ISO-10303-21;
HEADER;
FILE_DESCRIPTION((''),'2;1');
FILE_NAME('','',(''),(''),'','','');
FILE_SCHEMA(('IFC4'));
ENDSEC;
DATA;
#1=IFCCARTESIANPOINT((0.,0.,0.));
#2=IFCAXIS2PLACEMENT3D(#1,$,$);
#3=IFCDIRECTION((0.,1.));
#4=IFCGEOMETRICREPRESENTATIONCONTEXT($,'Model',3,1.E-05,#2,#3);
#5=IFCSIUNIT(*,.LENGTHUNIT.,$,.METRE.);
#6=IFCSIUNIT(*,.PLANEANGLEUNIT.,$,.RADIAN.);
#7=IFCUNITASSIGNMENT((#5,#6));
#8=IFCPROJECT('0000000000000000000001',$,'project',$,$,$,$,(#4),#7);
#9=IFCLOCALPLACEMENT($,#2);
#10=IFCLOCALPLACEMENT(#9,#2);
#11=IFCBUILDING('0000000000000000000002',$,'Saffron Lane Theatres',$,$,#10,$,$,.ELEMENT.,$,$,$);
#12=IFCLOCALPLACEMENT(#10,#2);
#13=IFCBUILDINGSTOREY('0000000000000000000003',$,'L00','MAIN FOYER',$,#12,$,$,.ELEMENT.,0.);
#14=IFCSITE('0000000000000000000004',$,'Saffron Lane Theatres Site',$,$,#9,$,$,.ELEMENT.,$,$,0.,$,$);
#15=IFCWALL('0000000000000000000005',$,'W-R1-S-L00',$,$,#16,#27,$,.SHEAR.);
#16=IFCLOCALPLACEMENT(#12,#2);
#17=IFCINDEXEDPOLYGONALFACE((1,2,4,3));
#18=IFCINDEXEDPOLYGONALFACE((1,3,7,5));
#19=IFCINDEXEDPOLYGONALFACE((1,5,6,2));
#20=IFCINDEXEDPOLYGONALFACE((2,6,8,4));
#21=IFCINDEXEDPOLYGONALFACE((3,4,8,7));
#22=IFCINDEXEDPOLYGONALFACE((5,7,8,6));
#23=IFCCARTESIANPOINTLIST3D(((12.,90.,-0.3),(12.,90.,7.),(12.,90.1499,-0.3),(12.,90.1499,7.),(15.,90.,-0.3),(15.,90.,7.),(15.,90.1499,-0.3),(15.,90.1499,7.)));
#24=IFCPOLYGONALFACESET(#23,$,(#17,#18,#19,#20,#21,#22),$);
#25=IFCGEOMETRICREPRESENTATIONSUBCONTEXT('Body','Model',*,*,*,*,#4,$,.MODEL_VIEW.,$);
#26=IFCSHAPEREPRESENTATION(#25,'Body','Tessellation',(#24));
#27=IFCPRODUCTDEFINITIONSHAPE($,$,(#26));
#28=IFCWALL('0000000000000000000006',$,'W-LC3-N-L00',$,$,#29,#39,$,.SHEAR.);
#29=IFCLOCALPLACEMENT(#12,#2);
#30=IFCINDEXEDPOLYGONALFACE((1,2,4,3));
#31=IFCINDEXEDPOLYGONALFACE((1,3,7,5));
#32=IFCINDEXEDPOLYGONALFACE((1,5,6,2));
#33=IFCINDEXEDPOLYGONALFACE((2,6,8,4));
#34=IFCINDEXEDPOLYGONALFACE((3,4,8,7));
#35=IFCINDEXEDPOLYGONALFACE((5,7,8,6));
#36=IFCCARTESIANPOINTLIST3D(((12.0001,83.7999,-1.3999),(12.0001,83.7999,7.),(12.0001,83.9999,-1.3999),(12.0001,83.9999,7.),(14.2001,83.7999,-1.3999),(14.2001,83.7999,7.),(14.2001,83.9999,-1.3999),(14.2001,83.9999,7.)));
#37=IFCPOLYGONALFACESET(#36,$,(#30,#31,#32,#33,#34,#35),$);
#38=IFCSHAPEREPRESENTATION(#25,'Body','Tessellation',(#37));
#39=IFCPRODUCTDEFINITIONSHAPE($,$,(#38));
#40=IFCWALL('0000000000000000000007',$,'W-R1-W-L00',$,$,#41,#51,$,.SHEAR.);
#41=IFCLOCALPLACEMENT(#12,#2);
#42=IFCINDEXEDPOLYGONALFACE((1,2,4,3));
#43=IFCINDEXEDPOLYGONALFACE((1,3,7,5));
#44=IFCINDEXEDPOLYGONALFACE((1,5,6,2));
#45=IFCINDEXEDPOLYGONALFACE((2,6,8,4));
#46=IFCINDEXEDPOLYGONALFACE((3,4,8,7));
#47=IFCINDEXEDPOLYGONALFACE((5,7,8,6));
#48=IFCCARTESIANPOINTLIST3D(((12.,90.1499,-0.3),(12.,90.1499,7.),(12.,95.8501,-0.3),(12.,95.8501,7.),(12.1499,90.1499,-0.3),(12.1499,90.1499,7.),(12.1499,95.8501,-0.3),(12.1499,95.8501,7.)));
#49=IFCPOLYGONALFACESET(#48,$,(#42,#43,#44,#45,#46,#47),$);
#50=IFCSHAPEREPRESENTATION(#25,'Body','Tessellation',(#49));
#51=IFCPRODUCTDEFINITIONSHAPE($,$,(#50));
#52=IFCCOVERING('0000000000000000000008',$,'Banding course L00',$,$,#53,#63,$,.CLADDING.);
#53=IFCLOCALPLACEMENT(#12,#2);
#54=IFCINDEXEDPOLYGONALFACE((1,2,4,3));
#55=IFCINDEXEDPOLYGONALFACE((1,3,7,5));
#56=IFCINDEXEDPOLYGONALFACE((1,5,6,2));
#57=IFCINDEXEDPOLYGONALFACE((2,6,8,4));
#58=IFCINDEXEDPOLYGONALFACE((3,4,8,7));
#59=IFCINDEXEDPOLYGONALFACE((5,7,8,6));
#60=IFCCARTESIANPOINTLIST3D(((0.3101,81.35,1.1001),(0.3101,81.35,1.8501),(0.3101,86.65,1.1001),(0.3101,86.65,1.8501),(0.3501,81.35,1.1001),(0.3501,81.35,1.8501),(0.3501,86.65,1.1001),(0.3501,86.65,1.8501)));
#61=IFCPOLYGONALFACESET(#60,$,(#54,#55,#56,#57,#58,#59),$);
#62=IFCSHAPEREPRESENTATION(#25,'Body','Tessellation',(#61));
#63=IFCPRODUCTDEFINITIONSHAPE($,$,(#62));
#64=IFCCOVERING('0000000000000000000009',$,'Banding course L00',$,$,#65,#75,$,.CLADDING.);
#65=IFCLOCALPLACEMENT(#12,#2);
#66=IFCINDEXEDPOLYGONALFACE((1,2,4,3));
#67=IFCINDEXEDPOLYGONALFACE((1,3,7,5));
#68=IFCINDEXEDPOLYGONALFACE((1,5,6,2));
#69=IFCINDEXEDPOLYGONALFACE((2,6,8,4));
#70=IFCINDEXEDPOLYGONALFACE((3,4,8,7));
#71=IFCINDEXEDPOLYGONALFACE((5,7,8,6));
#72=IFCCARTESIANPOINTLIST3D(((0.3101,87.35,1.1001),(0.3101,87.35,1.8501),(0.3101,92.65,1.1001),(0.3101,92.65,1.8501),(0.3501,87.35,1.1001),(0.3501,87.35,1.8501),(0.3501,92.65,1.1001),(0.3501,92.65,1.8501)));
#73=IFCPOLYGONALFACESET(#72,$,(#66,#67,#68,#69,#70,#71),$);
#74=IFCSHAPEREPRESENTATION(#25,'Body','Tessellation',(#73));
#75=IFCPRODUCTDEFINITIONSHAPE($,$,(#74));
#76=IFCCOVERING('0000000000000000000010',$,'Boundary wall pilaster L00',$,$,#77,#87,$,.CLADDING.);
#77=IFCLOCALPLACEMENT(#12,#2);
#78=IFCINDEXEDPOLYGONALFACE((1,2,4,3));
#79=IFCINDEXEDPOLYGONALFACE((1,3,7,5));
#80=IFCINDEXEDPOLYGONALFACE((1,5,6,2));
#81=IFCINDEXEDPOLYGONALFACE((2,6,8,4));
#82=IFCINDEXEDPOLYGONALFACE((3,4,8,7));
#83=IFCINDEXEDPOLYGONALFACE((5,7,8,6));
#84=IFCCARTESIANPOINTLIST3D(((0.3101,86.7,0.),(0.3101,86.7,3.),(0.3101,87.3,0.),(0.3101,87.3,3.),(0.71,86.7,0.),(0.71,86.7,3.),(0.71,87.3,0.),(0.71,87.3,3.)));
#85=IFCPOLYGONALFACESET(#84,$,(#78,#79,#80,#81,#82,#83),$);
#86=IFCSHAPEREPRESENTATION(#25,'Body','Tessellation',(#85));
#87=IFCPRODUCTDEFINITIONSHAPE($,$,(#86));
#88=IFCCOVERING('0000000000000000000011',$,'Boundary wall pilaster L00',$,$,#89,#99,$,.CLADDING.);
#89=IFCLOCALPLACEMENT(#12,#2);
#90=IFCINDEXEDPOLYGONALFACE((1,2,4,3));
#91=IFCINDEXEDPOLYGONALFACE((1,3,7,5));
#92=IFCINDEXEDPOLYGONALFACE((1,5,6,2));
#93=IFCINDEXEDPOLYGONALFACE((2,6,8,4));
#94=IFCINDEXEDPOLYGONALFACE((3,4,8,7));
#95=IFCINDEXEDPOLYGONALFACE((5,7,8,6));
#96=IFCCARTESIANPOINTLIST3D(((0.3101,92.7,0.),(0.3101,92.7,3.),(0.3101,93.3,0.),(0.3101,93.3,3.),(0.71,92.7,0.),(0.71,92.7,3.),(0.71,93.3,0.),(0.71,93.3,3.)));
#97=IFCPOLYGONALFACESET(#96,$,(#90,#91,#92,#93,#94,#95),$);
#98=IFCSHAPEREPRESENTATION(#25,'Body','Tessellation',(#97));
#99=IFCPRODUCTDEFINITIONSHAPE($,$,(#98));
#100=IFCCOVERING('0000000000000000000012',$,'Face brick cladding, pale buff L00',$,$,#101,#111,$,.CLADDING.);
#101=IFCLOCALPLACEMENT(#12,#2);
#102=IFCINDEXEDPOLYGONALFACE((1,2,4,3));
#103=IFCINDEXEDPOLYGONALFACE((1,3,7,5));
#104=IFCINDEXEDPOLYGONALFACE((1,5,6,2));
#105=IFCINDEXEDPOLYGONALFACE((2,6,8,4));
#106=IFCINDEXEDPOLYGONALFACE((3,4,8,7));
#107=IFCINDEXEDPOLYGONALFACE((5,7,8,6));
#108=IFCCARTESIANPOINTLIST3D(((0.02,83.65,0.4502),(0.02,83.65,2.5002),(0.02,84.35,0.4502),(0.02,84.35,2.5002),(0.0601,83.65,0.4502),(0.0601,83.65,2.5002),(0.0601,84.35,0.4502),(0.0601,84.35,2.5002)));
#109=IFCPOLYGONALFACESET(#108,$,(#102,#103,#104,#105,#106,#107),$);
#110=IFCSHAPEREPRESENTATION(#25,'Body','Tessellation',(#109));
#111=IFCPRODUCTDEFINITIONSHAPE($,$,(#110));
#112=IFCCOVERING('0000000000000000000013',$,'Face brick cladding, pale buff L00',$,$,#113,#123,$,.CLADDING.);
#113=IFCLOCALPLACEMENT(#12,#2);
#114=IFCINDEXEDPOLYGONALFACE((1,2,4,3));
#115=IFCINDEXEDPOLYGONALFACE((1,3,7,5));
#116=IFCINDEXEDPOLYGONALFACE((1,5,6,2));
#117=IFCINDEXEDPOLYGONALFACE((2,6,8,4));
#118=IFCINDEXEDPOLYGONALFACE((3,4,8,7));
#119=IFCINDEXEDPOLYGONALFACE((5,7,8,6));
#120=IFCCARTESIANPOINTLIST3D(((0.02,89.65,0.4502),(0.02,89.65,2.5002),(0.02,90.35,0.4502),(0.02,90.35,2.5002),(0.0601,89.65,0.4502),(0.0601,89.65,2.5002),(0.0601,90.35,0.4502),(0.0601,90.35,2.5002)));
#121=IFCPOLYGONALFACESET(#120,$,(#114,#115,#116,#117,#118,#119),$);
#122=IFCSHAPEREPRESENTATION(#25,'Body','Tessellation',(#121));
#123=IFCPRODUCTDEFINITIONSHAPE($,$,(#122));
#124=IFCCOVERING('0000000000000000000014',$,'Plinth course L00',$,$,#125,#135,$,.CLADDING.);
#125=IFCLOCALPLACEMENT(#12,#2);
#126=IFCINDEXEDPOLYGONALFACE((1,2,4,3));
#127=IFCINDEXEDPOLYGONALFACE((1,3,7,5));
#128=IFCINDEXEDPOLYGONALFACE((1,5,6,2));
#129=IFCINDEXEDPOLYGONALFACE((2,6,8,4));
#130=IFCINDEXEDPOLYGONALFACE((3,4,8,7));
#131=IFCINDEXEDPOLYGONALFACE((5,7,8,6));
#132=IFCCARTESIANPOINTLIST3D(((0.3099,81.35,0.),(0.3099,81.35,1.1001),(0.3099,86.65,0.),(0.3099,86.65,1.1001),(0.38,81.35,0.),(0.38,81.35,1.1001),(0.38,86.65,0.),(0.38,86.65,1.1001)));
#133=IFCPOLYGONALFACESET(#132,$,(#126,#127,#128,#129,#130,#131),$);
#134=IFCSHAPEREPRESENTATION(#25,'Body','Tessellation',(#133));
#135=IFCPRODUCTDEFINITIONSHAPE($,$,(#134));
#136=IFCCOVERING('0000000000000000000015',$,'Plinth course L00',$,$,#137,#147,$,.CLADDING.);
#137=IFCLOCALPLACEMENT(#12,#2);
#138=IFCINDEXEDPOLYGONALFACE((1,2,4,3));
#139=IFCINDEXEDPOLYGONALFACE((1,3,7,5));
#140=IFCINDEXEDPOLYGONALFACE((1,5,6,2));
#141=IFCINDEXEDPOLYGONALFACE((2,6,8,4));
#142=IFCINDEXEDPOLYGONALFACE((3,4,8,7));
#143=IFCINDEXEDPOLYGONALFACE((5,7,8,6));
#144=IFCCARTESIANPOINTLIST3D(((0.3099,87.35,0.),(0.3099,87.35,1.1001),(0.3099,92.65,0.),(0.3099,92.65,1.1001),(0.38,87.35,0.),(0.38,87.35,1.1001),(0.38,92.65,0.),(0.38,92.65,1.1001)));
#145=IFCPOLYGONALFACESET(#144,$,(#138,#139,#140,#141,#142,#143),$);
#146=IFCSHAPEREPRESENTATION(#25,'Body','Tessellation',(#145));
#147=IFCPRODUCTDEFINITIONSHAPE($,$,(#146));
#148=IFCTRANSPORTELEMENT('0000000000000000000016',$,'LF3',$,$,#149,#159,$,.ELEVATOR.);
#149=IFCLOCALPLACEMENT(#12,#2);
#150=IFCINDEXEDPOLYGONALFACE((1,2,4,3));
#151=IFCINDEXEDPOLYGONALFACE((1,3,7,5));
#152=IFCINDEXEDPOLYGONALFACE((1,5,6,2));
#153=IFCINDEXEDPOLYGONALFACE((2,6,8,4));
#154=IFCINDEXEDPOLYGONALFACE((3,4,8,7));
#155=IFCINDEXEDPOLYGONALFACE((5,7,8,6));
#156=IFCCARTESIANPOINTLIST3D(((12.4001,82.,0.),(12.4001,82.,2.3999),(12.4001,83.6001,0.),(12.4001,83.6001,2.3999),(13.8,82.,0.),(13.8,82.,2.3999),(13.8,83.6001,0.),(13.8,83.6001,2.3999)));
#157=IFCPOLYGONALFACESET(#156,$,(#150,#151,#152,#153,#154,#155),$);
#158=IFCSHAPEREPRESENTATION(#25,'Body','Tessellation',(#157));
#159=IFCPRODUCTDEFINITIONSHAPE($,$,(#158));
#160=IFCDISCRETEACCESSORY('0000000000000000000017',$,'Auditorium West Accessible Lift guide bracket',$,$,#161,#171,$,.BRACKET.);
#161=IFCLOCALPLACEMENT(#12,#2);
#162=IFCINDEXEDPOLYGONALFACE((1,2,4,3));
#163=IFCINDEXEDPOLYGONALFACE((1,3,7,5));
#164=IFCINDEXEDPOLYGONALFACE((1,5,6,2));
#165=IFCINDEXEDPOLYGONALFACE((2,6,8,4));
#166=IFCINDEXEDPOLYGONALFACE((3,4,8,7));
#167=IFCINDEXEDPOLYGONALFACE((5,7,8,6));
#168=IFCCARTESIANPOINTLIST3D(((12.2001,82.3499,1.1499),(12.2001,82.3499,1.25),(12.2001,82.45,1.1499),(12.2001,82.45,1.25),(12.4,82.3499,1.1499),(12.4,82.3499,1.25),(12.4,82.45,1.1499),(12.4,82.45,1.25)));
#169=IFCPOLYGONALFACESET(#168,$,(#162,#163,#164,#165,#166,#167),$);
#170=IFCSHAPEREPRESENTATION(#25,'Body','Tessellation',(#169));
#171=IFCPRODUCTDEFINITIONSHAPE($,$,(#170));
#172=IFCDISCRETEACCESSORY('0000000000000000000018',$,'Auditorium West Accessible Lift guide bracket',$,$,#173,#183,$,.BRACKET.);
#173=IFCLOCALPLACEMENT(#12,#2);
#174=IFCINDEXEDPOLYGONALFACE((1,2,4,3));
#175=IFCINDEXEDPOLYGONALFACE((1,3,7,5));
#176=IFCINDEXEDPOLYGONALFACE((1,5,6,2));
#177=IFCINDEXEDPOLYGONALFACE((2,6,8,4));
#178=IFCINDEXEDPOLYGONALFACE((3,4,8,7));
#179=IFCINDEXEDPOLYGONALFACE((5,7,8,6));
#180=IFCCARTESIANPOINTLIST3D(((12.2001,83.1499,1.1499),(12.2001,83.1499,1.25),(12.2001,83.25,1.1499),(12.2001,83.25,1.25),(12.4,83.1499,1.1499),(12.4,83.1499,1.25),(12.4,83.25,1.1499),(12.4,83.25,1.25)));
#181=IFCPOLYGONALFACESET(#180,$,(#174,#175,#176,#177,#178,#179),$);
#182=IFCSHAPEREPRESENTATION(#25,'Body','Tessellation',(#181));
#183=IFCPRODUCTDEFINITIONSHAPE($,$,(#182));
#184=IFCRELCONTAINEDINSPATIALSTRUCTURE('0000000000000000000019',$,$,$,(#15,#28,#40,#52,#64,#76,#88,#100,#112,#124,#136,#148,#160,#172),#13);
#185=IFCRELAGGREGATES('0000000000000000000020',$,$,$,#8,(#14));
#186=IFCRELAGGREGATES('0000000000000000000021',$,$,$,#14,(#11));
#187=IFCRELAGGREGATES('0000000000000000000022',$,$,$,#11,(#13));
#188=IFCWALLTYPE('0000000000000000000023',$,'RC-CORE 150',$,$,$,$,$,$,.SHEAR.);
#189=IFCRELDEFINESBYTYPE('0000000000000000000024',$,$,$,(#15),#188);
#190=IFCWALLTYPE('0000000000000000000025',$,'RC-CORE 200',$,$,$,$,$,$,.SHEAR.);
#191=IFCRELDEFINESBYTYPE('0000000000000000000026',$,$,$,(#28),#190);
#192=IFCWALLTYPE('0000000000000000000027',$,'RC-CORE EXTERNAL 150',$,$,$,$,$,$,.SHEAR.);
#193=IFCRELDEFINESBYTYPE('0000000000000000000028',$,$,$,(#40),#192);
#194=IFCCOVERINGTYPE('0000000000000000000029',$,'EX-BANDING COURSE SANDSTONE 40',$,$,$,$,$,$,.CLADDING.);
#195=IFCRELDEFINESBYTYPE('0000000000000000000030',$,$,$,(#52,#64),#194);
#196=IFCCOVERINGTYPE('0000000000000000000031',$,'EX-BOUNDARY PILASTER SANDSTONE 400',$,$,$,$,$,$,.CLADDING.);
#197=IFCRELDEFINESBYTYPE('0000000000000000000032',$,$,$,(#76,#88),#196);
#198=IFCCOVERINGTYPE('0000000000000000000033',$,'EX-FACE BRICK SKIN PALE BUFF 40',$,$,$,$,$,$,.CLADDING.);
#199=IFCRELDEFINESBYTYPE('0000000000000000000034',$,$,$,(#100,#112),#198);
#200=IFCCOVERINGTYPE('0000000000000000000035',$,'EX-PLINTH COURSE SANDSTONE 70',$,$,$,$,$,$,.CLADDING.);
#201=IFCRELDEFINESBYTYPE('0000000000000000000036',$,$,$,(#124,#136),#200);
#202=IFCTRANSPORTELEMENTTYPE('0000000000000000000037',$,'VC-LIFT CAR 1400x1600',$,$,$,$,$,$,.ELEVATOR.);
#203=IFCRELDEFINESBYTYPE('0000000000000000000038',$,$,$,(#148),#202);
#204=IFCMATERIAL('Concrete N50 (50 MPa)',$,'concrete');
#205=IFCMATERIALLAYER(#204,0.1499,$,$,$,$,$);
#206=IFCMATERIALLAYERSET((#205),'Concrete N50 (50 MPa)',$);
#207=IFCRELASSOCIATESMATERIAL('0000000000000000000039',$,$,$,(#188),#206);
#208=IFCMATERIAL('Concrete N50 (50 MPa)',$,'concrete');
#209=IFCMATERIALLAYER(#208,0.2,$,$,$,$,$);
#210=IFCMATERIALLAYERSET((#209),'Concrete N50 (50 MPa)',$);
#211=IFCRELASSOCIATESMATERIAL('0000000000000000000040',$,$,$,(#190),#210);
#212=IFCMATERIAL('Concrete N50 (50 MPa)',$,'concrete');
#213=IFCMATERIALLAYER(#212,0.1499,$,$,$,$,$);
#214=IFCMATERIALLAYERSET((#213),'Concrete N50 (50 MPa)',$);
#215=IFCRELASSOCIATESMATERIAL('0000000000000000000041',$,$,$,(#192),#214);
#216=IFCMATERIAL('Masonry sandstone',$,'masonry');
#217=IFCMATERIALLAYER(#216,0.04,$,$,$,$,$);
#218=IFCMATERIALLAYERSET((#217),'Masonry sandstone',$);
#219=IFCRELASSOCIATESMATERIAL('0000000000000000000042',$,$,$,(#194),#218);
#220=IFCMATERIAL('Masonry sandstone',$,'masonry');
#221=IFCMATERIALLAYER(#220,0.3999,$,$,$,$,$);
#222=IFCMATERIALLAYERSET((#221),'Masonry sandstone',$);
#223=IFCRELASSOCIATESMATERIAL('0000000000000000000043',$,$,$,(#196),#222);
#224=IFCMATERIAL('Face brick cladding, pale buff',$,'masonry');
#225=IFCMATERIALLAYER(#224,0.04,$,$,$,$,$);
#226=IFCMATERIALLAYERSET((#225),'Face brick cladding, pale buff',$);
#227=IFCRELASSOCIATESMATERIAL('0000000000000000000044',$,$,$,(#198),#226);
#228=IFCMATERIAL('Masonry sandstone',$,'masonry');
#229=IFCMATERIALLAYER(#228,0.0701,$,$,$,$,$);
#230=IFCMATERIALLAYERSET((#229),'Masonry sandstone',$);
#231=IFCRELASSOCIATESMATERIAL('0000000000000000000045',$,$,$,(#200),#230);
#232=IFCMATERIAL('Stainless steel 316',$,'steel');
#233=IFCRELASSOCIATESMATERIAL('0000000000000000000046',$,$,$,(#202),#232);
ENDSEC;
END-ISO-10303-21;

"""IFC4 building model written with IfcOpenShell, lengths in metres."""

from ifc_helpers import new_model, si_unit, direction, frame, frame_2d, origin, origin_2d, place, context, subcontext, project, spatial, rectangle, extrude, material, layer, layer_set, type_object, element, save


model = new_model("IFC4")

# Units and contexts
model_context = context("Model", 3, precision=1e-05, world=origin(), true_north=direction((0.0, 1.0)))
body_context = subcontext(model_context, "Body", "Model", "MODEL_VIEW")
ifc_project = project(units=[si_unit("LENGTHUNIT", "METRE"), si_unit("PLANEANGLEUNIT", "RADIAN")], contexts=[model_context])

# Site, building, storey
site_placement = place(None, origin())
site = spatial("IfcSite", under=ifc_project, at=site_placement, Name="Saffron Lane Theatres Site", CompositionType="ELEMENT", RefElevation=0.0)
building_placement = place(site_placement, origin())
building = spatial("IfcBuilding", under=site, at=building_placement, Name="Saffron Lane Theatres", CompositionType="ELEMENT")
storey_placement = place(building_placement, origin())
storey = spatial("IfcBuildingStorey", under=building, at=storey_placement, Name="L00", Description="MAIN FOYER", CompositionType="ELEMENT", Elevation=0.0)

# Walls
ifc_material_1 = material(Name="Concrete N50 (50 MPa)", Category="concrete")
ifc_layer_1 = layer(ifc_material_1, 0.1499)
ifc_layer_set_1 = layer_set([ifc_layer_1], Name="Concrete N50 (50 MPa)")
wall_type_1 = type_object("IfcWallType", Name="RC-CORE 150", PredefinedType="SHEAR", material=ifc_layer_set_1)
wall_1_placement = place(storey_placement, frame((12.0, 90.075, -0.3), z_axis=(0.0, 0.0, 1.0), x_axis=(1.0, 0.0, 0.0)))
element("IfcWall", 1, at=wall_1_placement, inside=storey, type_object=wall_type_1, Name="W-R1-S-L00", PredefinedType="SHEAR", context=body_context, shape_type="SweptSolid", body=[
    extrude(rectangle(XDim=3.0, YDim=0.1499, at=frame_2d((1.5, 0.0))), origin(), (0.0, 0.0, 1.0), 7.3),
])
ifc_material_2 = material(Name="Concrete N50 (50 MPa)", Category="concrete")
ifc_layer_2 = layer(ifc_material_2, 0.2)
ifc_layer_set_2 = layer_set([ifc_layer_2], Name="Concrete N50 (50 MPa)")
wall_type_2 = type_object("IfcWallType", Name="RC-CORE 200", PredefinedType="SHEAR", material=ifc_layer_set_2)
wall_2_placement = place(storey_placement, frame((12.0, 83.8999, -1.3999), z_axis=(0.0, 0.0, 1.0), x_axis=(1.0, 0.0, 0.0)))
element("IfcWall", 2, at=wall_2_placement, inside=storey, type_object=wall_type_2, Name="W-LC3-N-L00", PredefinedType="SHEAR", context=body_context, shape_type="SweptSolid", body=[
    extrude(rectangle(XDim=2.2, YDim=0.2, at=frame_2d((1.1001, 0.0))), origin(), (0.0, 0.0, 1.0), 8.3999),
])
ifc_material_3 = material(Name="Concrete N50 (50 MPa)", Category="concrete")
ifc_layer_3 = layer(ifc_material_3, 0.1499)
ifc_layer_set_3 = layer_set([ifc_layer_3], Name="Concrete N50 (50 MPa)")
wall_type_3 = type_object("IfcWallType", Name="RC-CORE EXTERNAL 150", PredefinedType="SHEAR", material=ifc_layer_set_3)
wall_3_placement = place(storey_placement, frame((12.075, 90.1499, -0.3), z_axis=(0.0, 0.0, 1.0), x_axis=(0.0, 1.0, 0.0)))
element("IfcWall", 3, at=wall_3_placement, inside=storey, type_object=wall_type_3, Name="W-R1-W-L00", PredefinedType="SHEAR", context=body_context, shape_type="SweptSolid", body=[
    extrude(rectangle(XDim=5.7002, YDim=0.1499, at=frame_2d((2.8501, 0.0))), origin(), (0.0, 0.0, 1.0), 7.3),
])

# Coverings
ifc_material_4 = material(Name="Masonry sandstone", Category="masonry")
ifc_layer_4 = layer(ifc_material_4, 0.04)
ifc_layer_set_4 = layer_set([ifc_layer_4], Name="Masonry sandstone")
covering_type_1 = type_object("IfcCoveringType", Name="EX-BANDING COURSE SANDSTONE 40", PredefinedType="CLADDING", material=ifc_layer_set_4)
for number, where, z_axis, x_axis, name in (
    (4, (0.3301, 84.0, 1.1001), (0.0, 0.0, 1.0), (0.0, 1.0, 0.0), "Banding course L00"),
    (5, (0.3301, 90.0, 1.1001), (0.0, 0.0, 1.0), (0.0, 1.0, 0.0), "Banding course L00"),
):
    element("IfcCovering", number, at=place(storey_placement, frame(where, z_axis=z_axis, x_axis=x_axis)), inside=storey, type_object=covering_type_1, Name=name, PredefinedType="CLADDING", context=body_context, shape_type="SweptSolid", body=[
        extrude(rectangle(XDim=5.3, YDim=0.04, at=origin_2d()), origin(), (0.0, 0.0, 1.0), 0.75),
    ])
ifc_material_5 = material(Name="Masonry sandstone", Category="masonry")
ifc_layer_5 = layer(ifc_material_5, 0.3999)
ifc_layer_set_5 = layer_set([ifc_layer_5], Name="Masonry sandstone")
covering_type_2 = type_object("IfcCoveringType", Name="EX-BOUNDARY PILASTER SANDSTONE 400", PredefinedType="CLADDING", material=ifc_layer_set_5)
for number, where, z_axis, x_axis, name in (
    (6, (0.51, 87.0, 0.0), (0.0, 0.0, 1.0), (0.0, 1.0, 0.0), "Boundary wall pilaster L00"),
    (7, (0.51, 93.0, 0.0), (0.0, 0.0, 1.0), (0.0, 1.0, 0.0), "Boundary wall pilaster L00"),
):
    element("IfcCovering", number, at=place(storey_placement, frame(where, z_axis=z_axis, x_axis=x_axis)), inside=storey, type_object=covering_type_2, Name=name, PredefinedType="CLADDING", context=body_context, shape_type="SweptSolid", body=[
        extrude(rectangle(XDim=0.6001, YDim=0.3999, at=origin_2d()), origin(), (0.0, 0.0, 1.0), 3.0),
    ])
ifc_material_6 = material(Name="Face brick cladding, pale buff", Category="masonry")
ifc_layer_6 = layer(ifc_material_6, 0.04)
ifc_layer_set_6 = layer_set([ifc_layer_6], Name="Face brick cladding, pale buff")
covering_type_3 = type_object("IfcCoveringType", Name="EX-FACE BRICK SKIN PALE BUFF 40", PredefinedType="CLADDING", material=ifc_layer_set_6)
for number, where, z_axis, x_axis, name in (
    (8, (0.04, 84.0, 0.4502), (0.0, 0.0, 1.0), (0.0, 1.0, 0.0), "Face brick cladding, pale buff L00"),
    (9, (0.04, 90.0, 0.4502), (0.0, 0.0, 1.0), (0.0, 1.0, 0.0), "Face brick cladding, pale buff L00"),
):
    element("IfcCovering", number, at=place(storey_placement, frame(where, z_axis=z_axis, x_axis=x_axis)), inside=storey, type_object=covering_type_3, Name=name, PredefinedType="CLADDING", context=body_context, shape_type="SweptSolid", body=[
        extrude(rectangle(XDim=0.7, YDim=0.04, at=origin_2d()), origin(), (0.0, 0.0, 1.0), 2.05),
    ])
ifc_material_7 = material(Name="Masonry sandstone", Category="masonry")
ifc_layer_7 = layer(ifc_material_7, 0.0701)
ifc_layer_set_7 = layer_set([ifc_layer_7], Name="Masonry sandstone")
covering_type_4 = type_object("IfcCoveringType", Name="EX-PLINTH COURSE SANDSTONE 70", PredefinedType="CLADDING", material=ifc_layer_set_7)
for number, where, z_axis, x_axis, name in (
    (10, (0.345, 84.0, 0.0), (0.0, 0.0, 1.0), (0.0, 1.0, 0.0), "Plinth course L00"),
    (11, (0.345, 90.0, 0.0), (0.0, 0.0, 1.0), (0.0, 1.0, 0.0), "Plinth course L00"),
):
    element("IfcCovering", number, at=place(storey_placement, frame(where, z_axis=z_axis, x_axis=x_axis)), inside=storey, type_object=covering_type_4, Name=name, PredefinedType="CLADDING", context=body_context, shape_type="SweptSolid", body=[
        extrude(rectangle(XDim=5.3, YDim=0.0701, at=origin_2d()), origin(), (0.0, 0.0, 1.0), 1.1001),
    ])

# Transport element
ifc_material_8 = material(Name="Stainless steel 316", Category="steel")
transport_element_type = type_object("IfcTransportElementType", Name="VC-LIFT CAR 1400x1600", PredefinedType="ELEVATOR", material=ifc_material_8)
transport_element_placement = place(storey_placement, frame((13.1001, 82.8, 0.0), z_axis=(0.0, 0.0, 1.0), x_axis=(1.0, 0.0, 0.0)))
element("IfcTransportElement", 12, at=transport_element_placement, inside=storey, type_object=transport_element_type, Name="LF3", PredefinedType="ELEVATOR", context=body_context, shape_type="SweptSolid", body=[
    extrude(rectangle(XDim=1.3999, YDim=1.6001, at=origin_2d()), origin(), (0.0, 0.0, 1.0), 2.3999),
])

# Discrete accessories
for number, where, z_axis, x_axis, name in (
    (13, (12.3, 82.3999, 1.1499), (0.0, 0.0, 1.0), (1.0, 0.0, 0.0), "Auditorium West Accessible Lift guide bracket"),
    (14, (12.3, 83.2, 1.1499), (0.0, 0.0, 1.0), (1.0, 0.0, 0.0), "Auditorium West Accessible Lift guide bracket"),
):
    element("IfcDiscreteAccessory", number, at=place(storey_placement, frame(where, z_axis=z_axis, x_axis=x_axis)), inside=storey, Name=name, PredefinedType="BRACKET", context=body_context, shape_type="SweptSolid", body=[
        extrude(rectangle(XDim=0.2, YDim=0.1001, at=origin_2d()), origin(), (0.0, 0.0, 1.0), 0.1001),
    ])

save(model, "model.ifc")
